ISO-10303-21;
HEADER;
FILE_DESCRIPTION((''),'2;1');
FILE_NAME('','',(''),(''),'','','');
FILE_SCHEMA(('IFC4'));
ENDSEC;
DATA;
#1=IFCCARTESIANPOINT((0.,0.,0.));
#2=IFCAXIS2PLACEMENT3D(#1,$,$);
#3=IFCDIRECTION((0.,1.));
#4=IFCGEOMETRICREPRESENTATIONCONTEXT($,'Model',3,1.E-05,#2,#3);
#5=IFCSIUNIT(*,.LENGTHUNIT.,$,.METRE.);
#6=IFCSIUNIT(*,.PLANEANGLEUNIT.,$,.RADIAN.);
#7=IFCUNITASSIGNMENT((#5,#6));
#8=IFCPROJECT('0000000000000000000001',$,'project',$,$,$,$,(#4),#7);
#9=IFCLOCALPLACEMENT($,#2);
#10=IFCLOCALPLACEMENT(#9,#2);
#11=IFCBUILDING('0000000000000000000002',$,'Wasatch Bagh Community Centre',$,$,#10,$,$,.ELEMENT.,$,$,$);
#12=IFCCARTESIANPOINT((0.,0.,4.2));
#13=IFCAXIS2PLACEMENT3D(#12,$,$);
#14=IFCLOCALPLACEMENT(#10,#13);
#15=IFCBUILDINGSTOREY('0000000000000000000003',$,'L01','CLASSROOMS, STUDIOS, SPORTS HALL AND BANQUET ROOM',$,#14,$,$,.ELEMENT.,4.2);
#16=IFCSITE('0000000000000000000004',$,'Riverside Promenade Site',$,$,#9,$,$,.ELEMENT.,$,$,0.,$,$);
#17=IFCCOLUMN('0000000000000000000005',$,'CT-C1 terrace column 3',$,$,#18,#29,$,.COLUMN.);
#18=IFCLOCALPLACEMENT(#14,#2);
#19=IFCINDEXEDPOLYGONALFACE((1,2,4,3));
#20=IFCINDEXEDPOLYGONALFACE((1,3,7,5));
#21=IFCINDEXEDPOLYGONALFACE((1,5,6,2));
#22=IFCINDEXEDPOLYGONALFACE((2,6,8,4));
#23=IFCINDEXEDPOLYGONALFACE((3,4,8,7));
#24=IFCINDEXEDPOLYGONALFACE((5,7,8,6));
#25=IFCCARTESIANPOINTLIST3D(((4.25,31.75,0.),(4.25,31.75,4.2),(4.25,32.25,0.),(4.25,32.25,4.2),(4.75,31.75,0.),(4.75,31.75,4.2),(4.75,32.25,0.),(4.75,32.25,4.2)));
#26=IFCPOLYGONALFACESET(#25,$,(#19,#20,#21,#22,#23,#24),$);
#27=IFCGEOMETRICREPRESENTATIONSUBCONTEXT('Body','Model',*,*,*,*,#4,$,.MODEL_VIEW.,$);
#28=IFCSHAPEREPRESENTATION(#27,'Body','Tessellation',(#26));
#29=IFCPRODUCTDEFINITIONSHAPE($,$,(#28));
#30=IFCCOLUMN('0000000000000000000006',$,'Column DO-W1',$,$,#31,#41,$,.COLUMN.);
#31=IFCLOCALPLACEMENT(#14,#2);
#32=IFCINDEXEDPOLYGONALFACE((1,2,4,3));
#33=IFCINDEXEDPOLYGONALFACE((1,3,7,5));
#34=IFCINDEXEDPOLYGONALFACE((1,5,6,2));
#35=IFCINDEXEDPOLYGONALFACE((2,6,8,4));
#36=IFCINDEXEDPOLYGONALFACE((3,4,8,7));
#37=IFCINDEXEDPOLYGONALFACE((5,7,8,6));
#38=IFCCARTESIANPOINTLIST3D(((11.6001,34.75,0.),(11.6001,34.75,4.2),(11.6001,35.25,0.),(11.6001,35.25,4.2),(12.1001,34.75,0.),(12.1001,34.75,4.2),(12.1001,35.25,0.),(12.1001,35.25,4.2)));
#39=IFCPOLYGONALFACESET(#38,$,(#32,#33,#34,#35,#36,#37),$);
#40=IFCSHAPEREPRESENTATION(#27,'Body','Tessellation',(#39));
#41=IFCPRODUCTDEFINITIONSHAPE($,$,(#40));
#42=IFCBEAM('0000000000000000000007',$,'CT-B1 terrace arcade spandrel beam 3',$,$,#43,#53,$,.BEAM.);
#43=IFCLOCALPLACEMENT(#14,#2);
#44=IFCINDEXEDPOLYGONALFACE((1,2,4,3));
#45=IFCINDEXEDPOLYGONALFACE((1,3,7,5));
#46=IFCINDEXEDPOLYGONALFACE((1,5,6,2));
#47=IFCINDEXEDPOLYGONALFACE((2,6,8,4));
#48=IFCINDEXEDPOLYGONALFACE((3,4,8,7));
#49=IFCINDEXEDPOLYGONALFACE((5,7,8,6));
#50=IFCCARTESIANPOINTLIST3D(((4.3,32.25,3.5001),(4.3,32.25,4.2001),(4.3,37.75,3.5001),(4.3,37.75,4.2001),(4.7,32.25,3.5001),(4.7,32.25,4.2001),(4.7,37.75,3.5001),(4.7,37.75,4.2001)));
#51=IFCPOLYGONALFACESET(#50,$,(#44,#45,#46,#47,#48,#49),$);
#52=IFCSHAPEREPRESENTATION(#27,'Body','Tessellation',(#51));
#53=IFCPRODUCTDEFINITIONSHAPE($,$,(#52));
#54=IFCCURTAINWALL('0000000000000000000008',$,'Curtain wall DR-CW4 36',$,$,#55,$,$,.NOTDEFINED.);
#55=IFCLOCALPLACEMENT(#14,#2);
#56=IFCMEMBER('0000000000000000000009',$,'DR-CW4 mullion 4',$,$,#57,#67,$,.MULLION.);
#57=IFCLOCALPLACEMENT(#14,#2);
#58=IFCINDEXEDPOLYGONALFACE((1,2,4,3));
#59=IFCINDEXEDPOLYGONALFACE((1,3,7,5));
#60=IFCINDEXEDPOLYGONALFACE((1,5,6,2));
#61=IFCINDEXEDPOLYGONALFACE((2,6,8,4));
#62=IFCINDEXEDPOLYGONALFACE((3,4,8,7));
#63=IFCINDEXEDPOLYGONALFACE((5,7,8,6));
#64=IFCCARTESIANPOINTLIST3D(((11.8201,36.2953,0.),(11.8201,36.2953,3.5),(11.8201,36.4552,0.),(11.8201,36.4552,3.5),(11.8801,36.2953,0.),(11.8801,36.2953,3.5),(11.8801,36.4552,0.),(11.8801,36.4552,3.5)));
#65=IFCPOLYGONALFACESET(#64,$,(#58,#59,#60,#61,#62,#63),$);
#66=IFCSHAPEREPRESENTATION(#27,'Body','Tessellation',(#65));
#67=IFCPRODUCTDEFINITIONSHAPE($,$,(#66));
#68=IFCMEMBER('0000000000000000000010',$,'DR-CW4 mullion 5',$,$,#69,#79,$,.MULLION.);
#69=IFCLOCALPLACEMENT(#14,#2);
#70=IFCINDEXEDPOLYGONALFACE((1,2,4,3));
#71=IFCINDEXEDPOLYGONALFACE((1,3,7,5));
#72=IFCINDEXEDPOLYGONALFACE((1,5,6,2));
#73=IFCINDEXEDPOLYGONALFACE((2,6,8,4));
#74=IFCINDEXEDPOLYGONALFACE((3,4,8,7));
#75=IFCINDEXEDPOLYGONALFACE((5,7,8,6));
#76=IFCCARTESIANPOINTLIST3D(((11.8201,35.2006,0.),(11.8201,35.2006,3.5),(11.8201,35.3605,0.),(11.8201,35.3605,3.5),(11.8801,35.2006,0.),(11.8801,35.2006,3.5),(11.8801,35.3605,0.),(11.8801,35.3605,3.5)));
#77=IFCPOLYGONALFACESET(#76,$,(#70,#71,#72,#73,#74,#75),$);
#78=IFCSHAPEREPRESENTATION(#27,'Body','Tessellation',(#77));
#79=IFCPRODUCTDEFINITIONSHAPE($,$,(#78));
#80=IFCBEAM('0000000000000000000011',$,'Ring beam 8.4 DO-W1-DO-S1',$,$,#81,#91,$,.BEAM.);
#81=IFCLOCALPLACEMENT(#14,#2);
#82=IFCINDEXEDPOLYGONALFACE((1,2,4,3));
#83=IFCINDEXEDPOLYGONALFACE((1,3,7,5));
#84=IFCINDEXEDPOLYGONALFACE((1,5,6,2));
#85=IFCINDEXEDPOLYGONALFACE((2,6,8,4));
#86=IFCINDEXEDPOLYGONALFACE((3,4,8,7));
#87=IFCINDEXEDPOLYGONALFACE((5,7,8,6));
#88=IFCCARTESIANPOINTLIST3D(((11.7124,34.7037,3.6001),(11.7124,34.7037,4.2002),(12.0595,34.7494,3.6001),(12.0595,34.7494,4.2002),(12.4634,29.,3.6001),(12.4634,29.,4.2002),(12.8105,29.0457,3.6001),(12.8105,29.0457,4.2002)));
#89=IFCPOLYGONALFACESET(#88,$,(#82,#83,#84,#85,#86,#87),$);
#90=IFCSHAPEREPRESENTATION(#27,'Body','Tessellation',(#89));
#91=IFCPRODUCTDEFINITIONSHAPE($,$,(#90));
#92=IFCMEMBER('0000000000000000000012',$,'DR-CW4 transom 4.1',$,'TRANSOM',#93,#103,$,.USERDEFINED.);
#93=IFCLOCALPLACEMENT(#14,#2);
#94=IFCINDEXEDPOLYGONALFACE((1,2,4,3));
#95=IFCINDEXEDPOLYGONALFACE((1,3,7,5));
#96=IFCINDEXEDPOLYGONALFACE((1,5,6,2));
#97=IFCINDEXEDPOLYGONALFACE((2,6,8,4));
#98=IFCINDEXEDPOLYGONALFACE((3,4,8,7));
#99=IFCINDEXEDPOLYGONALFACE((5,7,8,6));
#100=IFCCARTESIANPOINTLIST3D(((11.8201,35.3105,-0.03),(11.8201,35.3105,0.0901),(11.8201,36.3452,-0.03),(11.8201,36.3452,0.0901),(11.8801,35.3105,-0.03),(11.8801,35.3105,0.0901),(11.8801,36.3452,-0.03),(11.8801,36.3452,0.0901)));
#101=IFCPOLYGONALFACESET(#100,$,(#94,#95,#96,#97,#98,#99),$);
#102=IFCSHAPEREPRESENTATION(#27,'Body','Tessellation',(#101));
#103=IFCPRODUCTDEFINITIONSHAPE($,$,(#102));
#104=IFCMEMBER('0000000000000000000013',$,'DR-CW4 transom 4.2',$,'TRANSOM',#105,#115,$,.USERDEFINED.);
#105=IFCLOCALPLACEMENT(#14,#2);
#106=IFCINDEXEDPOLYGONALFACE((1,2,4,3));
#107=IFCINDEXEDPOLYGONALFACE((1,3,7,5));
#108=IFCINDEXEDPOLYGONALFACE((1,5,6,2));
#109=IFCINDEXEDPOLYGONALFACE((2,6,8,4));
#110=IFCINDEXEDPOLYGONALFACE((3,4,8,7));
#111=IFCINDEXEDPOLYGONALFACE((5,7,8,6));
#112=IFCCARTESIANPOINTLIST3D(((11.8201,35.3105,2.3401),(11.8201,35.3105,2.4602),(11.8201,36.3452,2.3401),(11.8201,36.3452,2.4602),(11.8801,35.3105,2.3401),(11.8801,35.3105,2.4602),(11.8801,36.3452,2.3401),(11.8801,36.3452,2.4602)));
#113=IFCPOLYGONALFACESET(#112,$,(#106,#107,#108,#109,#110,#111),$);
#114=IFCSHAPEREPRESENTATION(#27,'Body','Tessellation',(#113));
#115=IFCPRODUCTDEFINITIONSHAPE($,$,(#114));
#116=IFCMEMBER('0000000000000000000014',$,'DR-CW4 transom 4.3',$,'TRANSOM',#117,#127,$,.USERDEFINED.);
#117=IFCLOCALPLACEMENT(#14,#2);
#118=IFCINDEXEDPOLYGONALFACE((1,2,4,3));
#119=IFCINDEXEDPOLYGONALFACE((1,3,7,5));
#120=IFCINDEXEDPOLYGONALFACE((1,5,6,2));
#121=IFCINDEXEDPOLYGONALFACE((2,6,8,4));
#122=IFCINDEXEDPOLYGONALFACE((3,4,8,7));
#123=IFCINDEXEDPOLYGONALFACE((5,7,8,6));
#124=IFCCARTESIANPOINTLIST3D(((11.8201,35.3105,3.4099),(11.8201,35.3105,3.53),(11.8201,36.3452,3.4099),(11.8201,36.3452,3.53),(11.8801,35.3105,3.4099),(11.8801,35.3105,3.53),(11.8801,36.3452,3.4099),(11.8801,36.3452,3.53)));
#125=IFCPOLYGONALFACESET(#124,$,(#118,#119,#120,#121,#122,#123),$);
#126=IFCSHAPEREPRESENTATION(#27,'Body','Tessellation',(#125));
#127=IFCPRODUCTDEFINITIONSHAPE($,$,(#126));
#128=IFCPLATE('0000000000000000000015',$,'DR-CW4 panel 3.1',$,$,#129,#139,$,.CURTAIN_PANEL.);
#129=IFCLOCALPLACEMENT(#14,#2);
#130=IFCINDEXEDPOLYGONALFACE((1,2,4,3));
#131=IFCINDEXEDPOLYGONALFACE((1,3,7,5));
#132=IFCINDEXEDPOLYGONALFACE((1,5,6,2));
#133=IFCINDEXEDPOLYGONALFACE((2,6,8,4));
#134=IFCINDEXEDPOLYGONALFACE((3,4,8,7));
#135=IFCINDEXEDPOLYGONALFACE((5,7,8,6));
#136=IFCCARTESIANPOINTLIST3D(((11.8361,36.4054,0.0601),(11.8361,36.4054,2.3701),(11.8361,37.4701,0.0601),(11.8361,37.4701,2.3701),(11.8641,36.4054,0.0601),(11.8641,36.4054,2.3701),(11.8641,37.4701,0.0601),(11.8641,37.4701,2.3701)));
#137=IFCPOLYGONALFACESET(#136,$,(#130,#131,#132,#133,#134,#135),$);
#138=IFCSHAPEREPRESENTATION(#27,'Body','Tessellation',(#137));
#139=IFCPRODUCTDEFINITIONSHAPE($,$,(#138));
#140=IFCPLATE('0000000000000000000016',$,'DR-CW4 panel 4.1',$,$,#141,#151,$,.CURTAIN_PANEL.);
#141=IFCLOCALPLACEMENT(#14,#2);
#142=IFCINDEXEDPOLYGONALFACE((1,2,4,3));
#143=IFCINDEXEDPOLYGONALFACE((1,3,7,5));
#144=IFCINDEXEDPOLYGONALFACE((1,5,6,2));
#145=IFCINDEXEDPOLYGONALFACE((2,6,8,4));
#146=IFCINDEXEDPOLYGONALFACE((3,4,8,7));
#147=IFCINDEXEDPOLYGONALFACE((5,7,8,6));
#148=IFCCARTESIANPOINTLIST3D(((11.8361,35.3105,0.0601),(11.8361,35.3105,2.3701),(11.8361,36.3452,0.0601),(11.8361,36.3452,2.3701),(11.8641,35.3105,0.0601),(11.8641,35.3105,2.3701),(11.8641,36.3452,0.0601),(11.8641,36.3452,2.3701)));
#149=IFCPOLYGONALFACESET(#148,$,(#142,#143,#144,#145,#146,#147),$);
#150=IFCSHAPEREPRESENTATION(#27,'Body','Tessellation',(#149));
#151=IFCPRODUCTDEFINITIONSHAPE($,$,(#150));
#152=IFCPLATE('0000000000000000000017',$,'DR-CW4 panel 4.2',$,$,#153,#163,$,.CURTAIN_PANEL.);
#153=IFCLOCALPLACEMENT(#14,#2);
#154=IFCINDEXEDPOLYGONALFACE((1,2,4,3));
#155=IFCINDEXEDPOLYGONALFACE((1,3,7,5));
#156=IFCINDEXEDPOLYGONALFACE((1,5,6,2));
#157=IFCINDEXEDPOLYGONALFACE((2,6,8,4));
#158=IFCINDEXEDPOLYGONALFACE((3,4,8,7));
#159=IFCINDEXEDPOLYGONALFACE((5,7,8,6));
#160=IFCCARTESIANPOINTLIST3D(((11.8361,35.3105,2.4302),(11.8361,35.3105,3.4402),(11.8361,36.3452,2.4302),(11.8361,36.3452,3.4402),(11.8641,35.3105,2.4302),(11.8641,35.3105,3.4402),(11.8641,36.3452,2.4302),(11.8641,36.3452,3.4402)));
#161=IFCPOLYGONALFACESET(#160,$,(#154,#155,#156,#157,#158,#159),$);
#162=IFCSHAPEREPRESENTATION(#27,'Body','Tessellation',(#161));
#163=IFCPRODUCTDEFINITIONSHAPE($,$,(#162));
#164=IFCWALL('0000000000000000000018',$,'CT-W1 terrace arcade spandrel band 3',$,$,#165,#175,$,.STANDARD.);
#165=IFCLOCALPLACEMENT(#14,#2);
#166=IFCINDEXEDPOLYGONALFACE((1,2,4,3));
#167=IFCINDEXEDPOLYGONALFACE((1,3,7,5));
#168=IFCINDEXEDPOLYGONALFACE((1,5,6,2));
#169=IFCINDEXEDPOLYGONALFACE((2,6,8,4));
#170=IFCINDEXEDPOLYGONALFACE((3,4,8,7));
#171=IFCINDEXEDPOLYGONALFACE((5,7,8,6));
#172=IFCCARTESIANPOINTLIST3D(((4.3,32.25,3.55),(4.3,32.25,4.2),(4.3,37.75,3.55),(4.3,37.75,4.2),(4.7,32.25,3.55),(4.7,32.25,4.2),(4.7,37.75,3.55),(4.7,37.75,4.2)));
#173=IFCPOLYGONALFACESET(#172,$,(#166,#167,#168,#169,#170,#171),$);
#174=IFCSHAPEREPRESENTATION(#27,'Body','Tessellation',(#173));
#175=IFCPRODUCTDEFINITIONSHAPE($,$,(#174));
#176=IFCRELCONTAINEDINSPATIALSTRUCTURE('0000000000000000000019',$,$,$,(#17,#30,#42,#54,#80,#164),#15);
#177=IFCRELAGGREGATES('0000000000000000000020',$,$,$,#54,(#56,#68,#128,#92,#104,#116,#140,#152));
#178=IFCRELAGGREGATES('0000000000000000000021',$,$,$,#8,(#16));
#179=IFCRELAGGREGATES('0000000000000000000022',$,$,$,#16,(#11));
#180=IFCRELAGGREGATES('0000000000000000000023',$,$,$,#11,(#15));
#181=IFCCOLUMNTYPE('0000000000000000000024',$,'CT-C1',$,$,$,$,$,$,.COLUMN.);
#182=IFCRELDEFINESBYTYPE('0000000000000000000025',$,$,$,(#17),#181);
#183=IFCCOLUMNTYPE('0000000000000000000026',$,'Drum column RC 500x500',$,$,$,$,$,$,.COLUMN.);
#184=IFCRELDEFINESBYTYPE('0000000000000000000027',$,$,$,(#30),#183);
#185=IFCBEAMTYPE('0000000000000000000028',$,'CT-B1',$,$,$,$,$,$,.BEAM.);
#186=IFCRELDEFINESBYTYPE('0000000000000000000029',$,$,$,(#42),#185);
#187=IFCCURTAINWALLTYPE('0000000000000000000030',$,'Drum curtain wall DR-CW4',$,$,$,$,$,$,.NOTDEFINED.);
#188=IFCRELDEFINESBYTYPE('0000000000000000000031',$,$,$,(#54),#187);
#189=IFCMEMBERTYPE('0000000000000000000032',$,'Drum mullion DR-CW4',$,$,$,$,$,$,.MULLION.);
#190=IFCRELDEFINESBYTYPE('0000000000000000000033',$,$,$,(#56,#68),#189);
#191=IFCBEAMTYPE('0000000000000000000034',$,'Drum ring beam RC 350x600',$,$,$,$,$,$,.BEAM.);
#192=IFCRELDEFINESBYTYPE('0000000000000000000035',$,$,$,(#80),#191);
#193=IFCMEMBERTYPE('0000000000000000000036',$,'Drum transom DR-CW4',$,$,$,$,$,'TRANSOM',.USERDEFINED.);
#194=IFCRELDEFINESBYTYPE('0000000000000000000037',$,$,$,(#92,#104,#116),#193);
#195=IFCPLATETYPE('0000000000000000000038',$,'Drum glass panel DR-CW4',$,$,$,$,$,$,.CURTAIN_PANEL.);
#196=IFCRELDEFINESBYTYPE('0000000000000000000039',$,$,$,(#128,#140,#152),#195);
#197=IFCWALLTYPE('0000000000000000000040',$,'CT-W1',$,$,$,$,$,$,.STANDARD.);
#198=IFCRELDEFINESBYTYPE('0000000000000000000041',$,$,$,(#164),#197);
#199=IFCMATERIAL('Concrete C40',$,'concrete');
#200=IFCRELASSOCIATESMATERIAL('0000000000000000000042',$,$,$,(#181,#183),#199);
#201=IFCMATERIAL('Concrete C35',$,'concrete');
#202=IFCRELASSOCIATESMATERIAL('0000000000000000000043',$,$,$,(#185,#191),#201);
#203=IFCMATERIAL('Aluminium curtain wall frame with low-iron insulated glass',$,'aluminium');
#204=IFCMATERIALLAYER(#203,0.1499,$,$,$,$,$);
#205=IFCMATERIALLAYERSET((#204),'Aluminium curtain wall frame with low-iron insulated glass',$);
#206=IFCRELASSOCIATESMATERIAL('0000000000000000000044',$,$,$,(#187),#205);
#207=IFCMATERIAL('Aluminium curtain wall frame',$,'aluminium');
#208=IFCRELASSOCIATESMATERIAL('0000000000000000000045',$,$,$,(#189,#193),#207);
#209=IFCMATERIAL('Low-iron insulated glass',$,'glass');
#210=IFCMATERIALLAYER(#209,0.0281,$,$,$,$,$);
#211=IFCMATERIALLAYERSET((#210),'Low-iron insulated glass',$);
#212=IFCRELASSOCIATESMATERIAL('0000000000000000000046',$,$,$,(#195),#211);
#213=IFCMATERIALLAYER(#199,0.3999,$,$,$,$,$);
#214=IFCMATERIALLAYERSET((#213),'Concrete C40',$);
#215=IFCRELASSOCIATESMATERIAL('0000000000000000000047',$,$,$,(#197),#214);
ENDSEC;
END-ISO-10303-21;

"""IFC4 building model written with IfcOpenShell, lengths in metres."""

from ifc_helpers import new_model, si_unit, direction, frame, frame_2d, origin, origin_2d, place, context, subcontext, project, spatial, rectangle, extrude, material, layer, layer_set, material_profile, profile_set, type_object, element, aggregate, save


model = new_model("IFC4")

# Units and contexts
model_context = context("Model", 3, precision=1e-05, world=origin(), true_north=direction((0.0, 1.0)))
body_context = subcontext(model_context, "Body", "Model", "MODEL_VIEW")
ifc_project = project(units=[si_unit("LENGTHUNIT", "METRE"), si_unit("PLANEANGLEUNIT", "RADIAN")], contexts=[model_context])

# Site, building, storey
site_placement = place(None, origin())
site = spatial("IfcSite", under=ifc_project, at=site_placement, Name="Riverside Promenade Site", CompositionType="ELEMENT", RefElevation=0.0)
building_placement = place(site_placement, origin())
building = spatial("IfcBuilding", under=site, at=building_placement, Name="Wasatch Bagh Community Centre", CompositionType="ELEMENT")
storey_placement = place(building_placement, frame((0.0, 0.0, 4.2)))
storey = spatial("IfcBuildingStorey", under=building, at=storey_placement, Name="L01", Description="CLASSROOMS, STUDIOS, SPORTS HALL AND BANQUET ROOM", CompositionType="ELEMENT", Elevation=4.2)

# Columns
ifc_material_1 = material(Name="Concrete C40", Category="concrete")
ifc_material_profile_1 = material_profile(ifc_material_1, rectangle(XDim=0.5, YDim=0.5, at=origin_2d()), Name="RC 500x500")
ifc_profile_set_1 = profile_set([ifc_material_profile_1], Name="Concrete C40")
column_type_1 = type_object("IfcColumnType", Name="CT-C1", PredefinedType="COLUMN", material=ifc_profile_set_1)
column_1_placement = place(storey_placement, frame((4.5, 32.0, 0.0), z_axis=(0.0, 0.0, 1.0), x_axis=(1.0, 0.0, 0.0)))
element("IfcColumn", 1, at=column_1_placement, inside=storey, type_object=column_type_1, Name="CT-C1 terrace column 3", PredefinedType="COLUMN", context=body_context, shape_type="SweptSolid", body=[
    extrude(rectangle(XDim=0.5, YDim=0.5, at=origin_2d()), origin(), (0.0, 0.0, 1.0), 4.2),
])
ifc_material_profile_2 = material_profile(ifc_material_1, rectangle(XDim=0.5, YDim=0.5, at=origin_2d()), Name="RC 500x500")
ifc_profile_set_2 = profile_set([ifc_material_profile_2], Name="Concrete C40")
column_type_2 = type_object("IfcColumnType", Name="Drum column RC 500x500", PredefinedType="COLUMN", material=ifc_profile_set_2)
column_2_placement = place(storey_placement, frame((11.8501, 35.0, 0.0), z_axis=(0.0, 0.0, 1.0), x_axis=(1.0, 0.0, 0.0)))
element("IfcColumn", 2, at=column_2_placement, inside=storey, type_object=column_type_2, Name="Column DO-W1", PredefinedType="COLUMN", context=body_context, shape_type="SweptSolid", body=[
    extrude(rectangle(XDim=0.5, YDim=0.5, at=origin_2d()), origin(), (0.0, 0.0, 1.0), 4.2),
])

# Beam
ifc_material_2 = material(Name="Concrete C35", Category="concrete")
ifc_material_profile_3 = material_profile(ifc_material_2, rectangle(XDim=0.3999, YDim=0.7, at=origin_2d()), Name="RC 400x700")
ifc_profile_set_3 = profile_set([ifc_material_profile_3], Name="Concrete C35")
beam_type_1 = type_object("IfcBeamType", Name="CT-B1", PredefinedType="BEAM", material=ifc_profile_set_3)
beam_1_placement = place(storey_placement, frame((4.5, 32.25, 3.8501), z_axis=(0.0, 1.0, 0.0), x_axis=(-1.0, 0.0, 0.0)))
element("IfcBeam", 3, at=beam_1_placement, inside=storey, type_object=beam_type_1, Name="CT-B1 terrace arcade spandrel beam 3", PredefinedType="BEAM", context=body_context, shape_type="SweptSolid", body=[
    extrude(rectangle(XDim=0.3999, YDim=0.7, at=origin_2d()), origin(), (0.0, 0.0, 1.0), 5.5),
])

# Curtain wall, members
ifc_material_3 = material(Name="Aluminium curtain wall frame with low-iron insulated glass", Category="aluminium")
ifc_layer_1 = layer(ifc_material_3, 0.1499)
ifc_layer_set_1 = layer_set([ifc_layer_1], Name="Aluminium curtain wall frame with low-iron insulated glass")
curtain_wall_type = type_object("IfcCurtainWallType", Name="Drum curtain wall DR-CW4", PredefinedType="NOTDEFINED", material=ifc_layer_set_1)
curtain_wall_placement = place(storey_placement, origin())
curtain_wall = element("IfcCurtainWall", 4, at=curtain_wall_placement, inside=storey, type_object=curtain_wall_type, Name="Curtain wall DR-CW4 36", PredefinedType="NOTDEFINED")
ifc_material_4 = material(Name="Aluminium curtain wall frame", Category="aluminium")
ifc_material_profile_4 = material_profile(ifc_material_4, rectangle(XDim=0.0601, YDim=0.1599, at=origin_2d()), Name="Drum mullion DR-CW4")
ifc_profile_set_4 = profile_set([ifc_material_profile_4], Name="Aluminium curtain wall frame")
member_type_1 = type_object("IfcMemberType", Name="Drum mullion DR-CW4", PredefinedType="MULLION", material=ifc_profile_set_4)
member_1_placement = place(storey_placement, frame((11.8501, 36.3752, 0.0), z_axis=(0.0, 0.0, 1.0), x_axis=(1.0, 0.0, 0.0)))
member_1 = element("IfcMember", 5, at=member_1_placement, type_object=member_type_1, Name="DR-CW4 mullion 4", PredefinedType="MULLION", context=body_context, shape_type="SweptSolid", body=[
    extrude(rectangle(XDim=0.0601, YDim=0.1599, at=origin_2d()), origin(), (0.0, 0.0, 1.0), 3.5),
])
member_2_placement = place(storey_placement, frame((11.8501, 35.2805, 0.0), z_axis=(0.0, 0.0, 1.0), x_axis=(1.0, 0.0, 0.0)))
member_2 = element("IfcMember", 6, at=member_2_placement, type_object=member_type_1, Name="DR-CW4 mullion 5", PredefinedType="MULLION", context=body_context, shape_type="SweptSolid", body=[
    extrude(rectangle(XDim=0.0601, YDim=0.1599, at=origin_2d()), origin(), (0.0, 0.0, 1.0), 3.5),
])

# Beam
ifc_material_profile_5 = material_profile(ifc_material_2, rectangle(XDim=0.3501, YDim=0.6001, at=origin_2d()), Name="RC 350x600")
ifc_profile_set_5 = profile_set([ifc_material_profile_5], Name="Concrete C35")
beam_type_2 = type_object("IfcBeamType", Name="Drum ring beam RC 350x600", PredefinedType="BEAM", material=ifc_profile_set_5)
beam_2_placement = place(storey_placement, frame((11.886, 34.7266, 3.9001), z_axis=(0.13054, -0.991443, 0.0), x_axis=(0.991443, 0.13054, 0.0)))
element("IfcBeam", 7, at=beam_2_placement, inside=storey, type_object=beam_type_2, Name="Ring beam 8.4 DO-W1-DO-S1", PredefinedType="BEAM", context=body_context, shape_type="SweptSolid", body=[
    extrude(rectangle(XDim=0.3501, YDim=0.6001, at=origin_2d()), origin(), (0.0, 0.0, 1.0), 5.7529),
])

# Members
ifc_material_profile_6 = material_profile(ifc_material_4, rectangle(XDim=0.0601, YDim=0.1201, at=origin_2d()), Name="Drum transom DR-CW4")
ifc_profile_set_6 = profile_set([ifc_material_profile_6], Name="Aluminium curtain wall frame")
member_type_2 = type_object("IfcMemberType", Name="Drum transom DR-CW4", ElementType="TRANSOM", PredefinedType="USERDEFINED", material=ifc_profile_set_6)
member_3_placement = place(storey_placement, frame((11.8501, 36.3452, 0.03), z_axis=(0.0, -1.0, 0.0), x_axis=(1.0, 0.0, 0.0)))
member_3 = element("IfcMember", 8, at=member_3_placement, type_object=member_type_2, Name="DR-CW4 transom 4.1", ObjectType="TRANSOM", PredefinedType="USERDEFINED", context=body_context, shape_type="SweptSolid", body=[
    extrude(rectangle(XDim=0.0601, YDim=0.1201, at=origin_2d()), origin(), (0.0, 0.0, 1.0), 1.0347),
])
member_4_placement = place(storey_placement, frame((11.8501, 36.3452, 2.4001), z_axis=(0.0, -1.0, 0.0), x_axis=(1.0, 0.0, 0.0)))
member_4 = element("IfcMember", 9, at=member_4_placement, type_object=member_type_2, Name="DR-CW4 transom 4.2", ObjectType="TRANSOM", PredefinedType="USERDEFINED", context=body_context, shape_type="SweptSolid", body=[
    extrude(rectangle(XDim=0.0601, YDim=0.1201, at=origin_2d()), origin(), (0.0, 0.0, 1.0), 1.0347),
])
member_5_placement = place(storey_placement, frame((11.8501, 36.3452, 3.47), z_axis=(0.0, -1.0, 0.0), x_axis=(1.0, 0.0, 0.0)))
member_5 = element("IfcMember", 10, at=member_5_placement, type_object=member_type_2, Name="DR-CW4 transom 4.3", ObjectType="TRANSOM", PredefinedType="USERDEFINED", context=body_context, shape_type="SweptSolid", body=[
    extrude(rectangle(XDim=0.0601, YDim=0.1201, at=origin_2d()), origin(), (0.0, 0.0, 1.0), 1.0347),
])

# Plates
ifc_material_5 = material(Name="Low-iron insulated glass", Category="glass")
ifc_layer_2 = layer(ifc_material_5, 0.0281)
ifc_layer_set_2 = layer_set([ifc_layer_2], Name="Low-iron insulated glass")
plate_type = type_object("IfcPlateType", Name="Drum glass panel DR-CW4", PredefinedType="CURTAIN_PANEL", material=ifc_layer_set_2)
plate_1_placement = place(storey_placement, frame((11.8501, 36.9377, 0.0601), z_axis=(0.0, 0.0, 1.0), x_axis=(0.0, -1.0, 0.0)))
plate_1 = element("IfcPlate", 11, at=plate_1_placement, type_object=plate_type, Name="DR-CW4 panel 3.1", PredefinedType="CURTAIN_PANEL", context=body_context, shape_type="SweptSolid", body=[
    extrude(rectangle(XDim=1.0647, YDim=0.0281, at=origin_2d()), origin(), (0.0, 0.0, 1.0), 2.3101),
])
plate_2_placement = place(storey_placement, frame((11.8501, 35.8279, 0.0601), z_axis=(0.0, 0.0, 1.0), x_axis=(0.0, -1.0, 0.0)))
plate_2 = element("IfcPlate", 12, at=plate_2_placement, type_object=plate_type, Name="DR-CW4 panel 4.1", PredefinedType="CURTAIN_PANEL", context=body_context, shape_type="SweptSolid", body=[
    extrude(rectangle(XDim=1.0347, YDim=0.0281, at=origin_2d()), origin(), (0.0, 0.0, 1.0), 2.3101),
])
plate_3_placement = place(storey_placement, frame((11.8501, 35.8279, 2.4302), z_axis=(0.0, 0.0, 1.0), x_axis=(0.0, -1.0, 0.0)))
plate_3 = element("IfcPlate", 13, at=plate_3_placement, type_object=plate_type, Name="DR-CW4 panel 4.2", PredefinedType="CURTAIN_PANEL", context=body_context, shape_type="SweptSolid", body=[
    extrude(rectangle(XDim=1.0347, YDim=0.0281, at=origin_2d()), origin(), (0.0, 0.0, 1.0), 1.01),
])
aggregate(curtain_wall, [member_1, member_2, plate_1, member_3, member_4, member_5, plate_2, plate_3])

# Wall
ifc_layer_3 = layer(ifc_material_1, 0.3999)
ifc_layer_set_3 = layer_set([ifc_layer_3], Name="Concrete C40")
wall_type_1 = type_object("IfcWallType", Name="CT-W1", PredefinedType="STANDARD", material=ifc_layer_set_3)
wall_1_placement = place(storey_placement, frame((4.5, 32.25, 3.55), z_axis=(0.0, 0.0, 1.0), x_axis=(0.0, 1.0, 0.0)))
element("IfcWall", 14, at=wall_1_placement, inside=storey, type_object=wall_type_1, Name="CT-W1 terrace arcade spandrel band 3", PredefinedType="STANDARD", context=body_context, shape_type="SweptSolid", body=[
    extrude(rectangle(XDim=5.5, YDim=0.3999, at=frame_2d((2.75, 0.0))), origin(), (0.0, 0.0, 1.0), 0.6499),
])

save(model, "model.ifc")
